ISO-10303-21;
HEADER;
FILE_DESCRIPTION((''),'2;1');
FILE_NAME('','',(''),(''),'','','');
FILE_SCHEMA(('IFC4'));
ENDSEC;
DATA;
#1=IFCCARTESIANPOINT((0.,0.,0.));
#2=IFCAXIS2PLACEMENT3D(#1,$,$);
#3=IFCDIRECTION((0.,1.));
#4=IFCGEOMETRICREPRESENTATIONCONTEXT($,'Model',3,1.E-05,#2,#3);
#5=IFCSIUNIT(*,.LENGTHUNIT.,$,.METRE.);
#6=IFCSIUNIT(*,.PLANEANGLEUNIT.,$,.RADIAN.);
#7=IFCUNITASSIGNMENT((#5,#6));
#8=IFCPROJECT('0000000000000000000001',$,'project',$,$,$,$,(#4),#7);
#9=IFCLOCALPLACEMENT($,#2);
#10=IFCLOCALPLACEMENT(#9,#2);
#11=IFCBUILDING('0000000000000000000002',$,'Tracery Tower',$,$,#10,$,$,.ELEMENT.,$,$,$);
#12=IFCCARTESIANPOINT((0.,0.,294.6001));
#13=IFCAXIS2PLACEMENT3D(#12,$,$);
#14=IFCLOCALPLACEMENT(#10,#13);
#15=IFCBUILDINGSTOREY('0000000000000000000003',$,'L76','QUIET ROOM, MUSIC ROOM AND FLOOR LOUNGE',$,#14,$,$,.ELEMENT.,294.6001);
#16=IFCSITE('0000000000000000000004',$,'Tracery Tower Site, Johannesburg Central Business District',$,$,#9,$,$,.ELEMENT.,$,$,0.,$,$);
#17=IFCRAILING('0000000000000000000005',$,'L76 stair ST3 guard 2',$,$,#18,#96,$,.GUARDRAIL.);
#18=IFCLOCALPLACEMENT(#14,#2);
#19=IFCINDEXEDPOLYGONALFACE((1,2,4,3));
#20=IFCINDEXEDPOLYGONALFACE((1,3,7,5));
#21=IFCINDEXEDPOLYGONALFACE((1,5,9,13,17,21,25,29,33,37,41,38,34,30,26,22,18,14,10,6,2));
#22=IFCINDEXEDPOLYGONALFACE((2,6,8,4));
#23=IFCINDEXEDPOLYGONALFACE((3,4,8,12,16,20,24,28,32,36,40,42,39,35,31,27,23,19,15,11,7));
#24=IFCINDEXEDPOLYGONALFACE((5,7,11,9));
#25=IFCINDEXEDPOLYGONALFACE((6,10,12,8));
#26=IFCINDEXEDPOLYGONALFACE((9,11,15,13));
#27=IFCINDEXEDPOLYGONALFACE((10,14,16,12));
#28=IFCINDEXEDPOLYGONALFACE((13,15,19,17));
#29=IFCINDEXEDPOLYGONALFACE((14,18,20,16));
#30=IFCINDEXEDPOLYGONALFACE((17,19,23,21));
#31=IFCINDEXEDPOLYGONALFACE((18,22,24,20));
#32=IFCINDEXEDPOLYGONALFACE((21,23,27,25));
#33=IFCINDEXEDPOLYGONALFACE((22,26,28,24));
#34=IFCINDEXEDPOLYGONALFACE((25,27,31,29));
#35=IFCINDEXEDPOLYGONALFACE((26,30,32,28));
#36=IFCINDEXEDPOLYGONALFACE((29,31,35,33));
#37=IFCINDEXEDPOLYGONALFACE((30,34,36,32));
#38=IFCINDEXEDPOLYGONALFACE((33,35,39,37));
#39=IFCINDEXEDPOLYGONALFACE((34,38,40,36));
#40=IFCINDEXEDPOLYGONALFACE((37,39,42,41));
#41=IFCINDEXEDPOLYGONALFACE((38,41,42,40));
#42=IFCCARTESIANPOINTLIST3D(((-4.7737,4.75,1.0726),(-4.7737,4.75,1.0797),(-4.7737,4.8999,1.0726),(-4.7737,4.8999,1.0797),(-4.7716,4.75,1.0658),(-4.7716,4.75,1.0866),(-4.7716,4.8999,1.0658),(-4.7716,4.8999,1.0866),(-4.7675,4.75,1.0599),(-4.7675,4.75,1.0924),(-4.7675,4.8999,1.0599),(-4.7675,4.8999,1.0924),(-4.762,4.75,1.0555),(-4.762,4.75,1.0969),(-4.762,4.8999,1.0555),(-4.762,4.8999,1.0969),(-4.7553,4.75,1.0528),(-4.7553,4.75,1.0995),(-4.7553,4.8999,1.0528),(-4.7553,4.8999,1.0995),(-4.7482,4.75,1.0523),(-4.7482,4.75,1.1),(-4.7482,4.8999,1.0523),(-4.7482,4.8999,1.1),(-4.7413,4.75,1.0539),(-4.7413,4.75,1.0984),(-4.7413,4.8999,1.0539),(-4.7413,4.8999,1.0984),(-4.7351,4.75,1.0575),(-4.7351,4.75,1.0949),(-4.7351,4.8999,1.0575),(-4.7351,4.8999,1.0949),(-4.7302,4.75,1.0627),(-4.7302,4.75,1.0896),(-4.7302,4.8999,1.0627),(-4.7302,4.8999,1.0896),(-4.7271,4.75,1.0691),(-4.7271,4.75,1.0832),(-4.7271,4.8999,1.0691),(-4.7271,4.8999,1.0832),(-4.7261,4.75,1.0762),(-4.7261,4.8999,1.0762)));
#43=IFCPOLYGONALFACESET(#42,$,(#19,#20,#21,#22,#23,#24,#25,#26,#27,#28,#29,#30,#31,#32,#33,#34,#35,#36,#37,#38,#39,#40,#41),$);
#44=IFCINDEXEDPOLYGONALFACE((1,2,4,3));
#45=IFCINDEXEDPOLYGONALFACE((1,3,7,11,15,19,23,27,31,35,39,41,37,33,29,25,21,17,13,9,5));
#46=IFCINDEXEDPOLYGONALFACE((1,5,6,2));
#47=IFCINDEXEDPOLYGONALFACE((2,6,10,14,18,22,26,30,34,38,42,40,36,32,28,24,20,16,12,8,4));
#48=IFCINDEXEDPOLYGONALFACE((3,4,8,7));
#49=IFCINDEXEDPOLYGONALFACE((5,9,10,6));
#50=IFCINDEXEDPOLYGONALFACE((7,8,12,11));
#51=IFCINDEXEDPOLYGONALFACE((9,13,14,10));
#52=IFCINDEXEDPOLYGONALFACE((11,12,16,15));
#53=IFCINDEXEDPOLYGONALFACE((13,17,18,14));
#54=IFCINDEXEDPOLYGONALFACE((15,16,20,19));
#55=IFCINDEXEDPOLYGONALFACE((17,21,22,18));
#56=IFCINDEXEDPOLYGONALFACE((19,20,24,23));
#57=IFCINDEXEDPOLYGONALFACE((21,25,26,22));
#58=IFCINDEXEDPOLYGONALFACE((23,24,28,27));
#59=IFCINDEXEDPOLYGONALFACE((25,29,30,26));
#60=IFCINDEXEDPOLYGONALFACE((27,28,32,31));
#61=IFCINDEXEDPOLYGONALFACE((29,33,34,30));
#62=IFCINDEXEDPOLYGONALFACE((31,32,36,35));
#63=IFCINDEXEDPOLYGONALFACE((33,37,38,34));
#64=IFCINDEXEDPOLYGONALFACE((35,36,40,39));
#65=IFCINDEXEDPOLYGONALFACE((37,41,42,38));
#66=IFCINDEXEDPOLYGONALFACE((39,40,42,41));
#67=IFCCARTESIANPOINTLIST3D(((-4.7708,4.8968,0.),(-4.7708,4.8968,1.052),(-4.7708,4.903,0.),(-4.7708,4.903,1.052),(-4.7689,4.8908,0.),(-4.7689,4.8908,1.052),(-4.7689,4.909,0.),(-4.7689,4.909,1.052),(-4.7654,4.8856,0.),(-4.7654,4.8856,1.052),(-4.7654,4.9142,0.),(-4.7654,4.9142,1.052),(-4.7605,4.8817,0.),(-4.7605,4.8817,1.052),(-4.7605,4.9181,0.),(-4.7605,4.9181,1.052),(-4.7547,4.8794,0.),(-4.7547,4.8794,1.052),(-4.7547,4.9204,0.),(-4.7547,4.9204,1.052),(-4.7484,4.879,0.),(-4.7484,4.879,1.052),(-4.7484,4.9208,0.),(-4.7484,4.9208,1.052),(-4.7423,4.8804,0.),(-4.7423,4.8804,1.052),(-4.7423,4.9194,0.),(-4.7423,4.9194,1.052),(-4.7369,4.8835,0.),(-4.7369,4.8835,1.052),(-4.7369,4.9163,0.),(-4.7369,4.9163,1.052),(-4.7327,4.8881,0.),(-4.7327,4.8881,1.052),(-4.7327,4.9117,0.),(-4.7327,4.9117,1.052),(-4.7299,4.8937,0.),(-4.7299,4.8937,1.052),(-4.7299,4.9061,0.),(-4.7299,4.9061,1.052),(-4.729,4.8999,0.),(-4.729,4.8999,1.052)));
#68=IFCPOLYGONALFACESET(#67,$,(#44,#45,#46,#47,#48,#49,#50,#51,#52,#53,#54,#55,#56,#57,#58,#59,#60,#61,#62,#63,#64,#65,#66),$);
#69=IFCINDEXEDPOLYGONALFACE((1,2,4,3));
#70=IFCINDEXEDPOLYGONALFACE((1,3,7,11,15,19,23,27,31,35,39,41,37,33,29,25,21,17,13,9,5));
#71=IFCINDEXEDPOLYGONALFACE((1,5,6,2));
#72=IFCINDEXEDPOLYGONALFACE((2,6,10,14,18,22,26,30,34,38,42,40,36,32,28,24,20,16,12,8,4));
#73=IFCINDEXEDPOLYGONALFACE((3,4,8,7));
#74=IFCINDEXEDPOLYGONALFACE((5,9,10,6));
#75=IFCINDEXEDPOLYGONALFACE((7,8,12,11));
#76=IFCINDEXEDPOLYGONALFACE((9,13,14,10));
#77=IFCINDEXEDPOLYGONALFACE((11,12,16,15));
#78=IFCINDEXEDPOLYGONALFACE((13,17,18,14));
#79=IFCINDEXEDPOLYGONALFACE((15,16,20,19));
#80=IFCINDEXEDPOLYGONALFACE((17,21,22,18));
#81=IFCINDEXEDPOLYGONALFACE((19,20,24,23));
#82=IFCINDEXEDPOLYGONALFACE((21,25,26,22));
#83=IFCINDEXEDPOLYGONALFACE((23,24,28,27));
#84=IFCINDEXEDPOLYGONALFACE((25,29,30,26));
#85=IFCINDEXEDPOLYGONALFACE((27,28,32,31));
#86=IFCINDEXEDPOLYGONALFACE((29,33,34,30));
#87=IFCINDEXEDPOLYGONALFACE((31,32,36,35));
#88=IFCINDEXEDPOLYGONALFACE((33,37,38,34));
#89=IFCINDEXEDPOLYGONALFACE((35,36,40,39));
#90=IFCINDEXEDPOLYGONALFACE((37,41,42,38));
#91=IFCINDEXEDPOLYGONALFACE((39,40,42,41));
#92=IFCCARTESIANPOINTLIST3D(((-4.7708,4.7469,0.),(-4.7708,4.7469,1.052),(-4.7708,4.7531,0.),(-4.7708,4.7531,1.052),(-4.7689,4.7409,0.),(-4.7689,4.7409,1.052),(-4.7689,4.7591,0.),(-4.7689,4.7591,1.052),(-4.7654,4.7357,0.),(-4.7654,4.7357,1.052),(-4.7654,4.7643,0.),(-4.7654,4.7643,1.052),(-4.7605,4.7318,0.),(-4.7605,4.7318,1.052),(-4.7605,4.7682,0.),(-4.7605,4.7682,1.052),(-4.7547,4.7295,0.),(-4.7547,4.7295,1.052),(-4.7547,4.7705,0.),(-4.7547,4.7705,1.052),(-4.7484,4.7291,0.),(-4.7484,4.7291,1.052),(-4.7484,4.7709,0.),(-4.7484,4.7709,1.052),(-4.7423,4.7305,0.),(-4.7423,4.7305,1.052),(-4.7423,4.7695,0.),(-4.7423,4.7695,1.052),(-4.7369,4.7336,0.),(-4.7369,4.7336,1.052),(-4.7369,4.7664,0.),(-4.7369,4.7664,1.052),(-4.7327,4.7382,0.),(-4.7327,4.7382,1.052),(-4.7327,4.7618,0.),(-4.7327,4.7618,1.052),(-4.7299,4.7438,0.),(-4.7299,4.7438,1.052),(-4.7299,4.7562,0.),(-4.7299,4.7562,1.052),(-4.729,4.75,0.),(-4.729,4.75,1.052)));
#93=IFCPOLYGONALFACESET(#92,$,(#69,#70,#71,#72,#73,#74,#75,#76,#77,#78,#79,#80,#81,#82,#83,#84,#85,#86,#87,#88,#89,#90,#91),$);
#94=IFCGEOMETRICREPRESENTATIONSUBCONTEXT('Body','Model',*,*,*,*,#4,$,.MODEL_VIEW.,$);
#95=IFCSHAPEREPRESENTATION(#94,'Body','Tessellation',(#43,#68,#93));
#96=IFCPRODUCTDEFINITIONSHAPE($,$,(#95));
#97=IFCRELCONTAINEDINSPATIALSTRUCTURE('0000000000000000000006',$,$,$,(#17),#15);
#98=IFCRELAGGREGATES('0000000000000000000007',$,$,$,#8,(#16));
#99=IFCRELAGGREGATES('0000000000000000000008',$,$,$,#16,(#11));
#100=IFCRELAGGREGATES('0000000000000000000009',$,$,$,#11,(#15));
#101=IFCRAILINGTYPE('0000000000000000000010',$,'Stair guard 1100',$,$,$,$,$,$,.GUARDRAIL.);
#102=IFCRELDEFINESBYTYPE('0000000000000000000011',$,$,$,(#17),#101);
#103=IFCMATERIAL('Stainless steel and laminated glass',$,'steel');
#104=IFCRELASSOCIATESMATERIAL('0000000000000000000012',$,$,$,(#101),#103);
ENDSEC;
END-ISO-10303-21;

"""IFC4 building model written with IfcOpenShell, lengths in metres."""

from ifc_helpers import new_model, si_unit, direction, frame, origin, origin_2d, place, context, subcontext, project, spatial, circle, extrude, material, type_object, element, save


model = new_model("IFC4")

# Units and contexts
model_context = context("Model", 3, precision=1e-05, world=origin(), true_north=direction((0.0, 1.0)))
body_context = subcontext(model_context, "Body", "Model", "MODEL_VIEW")
ifc_project = project(units=[si_unit("LENGTHUNIT", "METRE"), si_unit("PLANEANGLEUNIT", "RADIAN")], contexts=[model_context])

# Site, building, storey
site_placement = place(None, origin())
site = spatial("IfcSite", under=ifc_project, at=site_placement, Name="Tracery Tower Site, Johannesburg Central Business District", CompositionType="ELEMENT", RefElevation=0.0)
building_placement = place(site_placement, origin())
building = spatial("IfcBuilding", under=site, at=building_placement, Name="Tracery Tower", CompositionType="ELEMENT")
storey_placement = place(building_placement, frame((0.0, 0.0, 294.6001)))
storey = spatial("IfcBuildingStorey", under=building, at=storey_placement, Name="L76", Description="QUIET ROOM, MUSIC ROOM AND FLOOR LOUNGE", CompositionType="ELEMENT", Elevation=294.6001)

# Railing
ifc_material_1 = material(Name="Stainless steel and laminated glass", Category="steel")
railing_type_1 = type_object("IfcRailingType", Name="Stair guard 1100", PredefinedType="GUARDRAIL", material=ifc_material_1)
railing_1_placement = place(storey_placement, frame((-4.75, 4.8999, 0.0)))
element("IfcRailing", 1, at=railing_1_placement, inside=storey, type_object=railing_type_1, Name="L76 stair ST3 guard 2", PredefinedType="GUARDRAIL", context=body_context, shape_type="SweptSolid", body=[
    extrude(circle(Radius=0.0239, at=origin_2d()), frame((0.0, 0.0, 1.0762), z_axis=(0.0, -1.0, 0.0), x_axis=(1.0, 0.0, 0.0)), (0.0, 0.0, 1.0), 0.1499),
    extrude(circle(Radius=0.021, at=origin_2d()), origin(), (0.0, 0.0, 1.0), 1.052),
    extrude(circle(Radius=0.021, at=origin_2d()), frame((0.0, -0.1499, 0.0)), (0.0, 0.0, 1.0), 1.052),
])

save(model, "model.ifc")
